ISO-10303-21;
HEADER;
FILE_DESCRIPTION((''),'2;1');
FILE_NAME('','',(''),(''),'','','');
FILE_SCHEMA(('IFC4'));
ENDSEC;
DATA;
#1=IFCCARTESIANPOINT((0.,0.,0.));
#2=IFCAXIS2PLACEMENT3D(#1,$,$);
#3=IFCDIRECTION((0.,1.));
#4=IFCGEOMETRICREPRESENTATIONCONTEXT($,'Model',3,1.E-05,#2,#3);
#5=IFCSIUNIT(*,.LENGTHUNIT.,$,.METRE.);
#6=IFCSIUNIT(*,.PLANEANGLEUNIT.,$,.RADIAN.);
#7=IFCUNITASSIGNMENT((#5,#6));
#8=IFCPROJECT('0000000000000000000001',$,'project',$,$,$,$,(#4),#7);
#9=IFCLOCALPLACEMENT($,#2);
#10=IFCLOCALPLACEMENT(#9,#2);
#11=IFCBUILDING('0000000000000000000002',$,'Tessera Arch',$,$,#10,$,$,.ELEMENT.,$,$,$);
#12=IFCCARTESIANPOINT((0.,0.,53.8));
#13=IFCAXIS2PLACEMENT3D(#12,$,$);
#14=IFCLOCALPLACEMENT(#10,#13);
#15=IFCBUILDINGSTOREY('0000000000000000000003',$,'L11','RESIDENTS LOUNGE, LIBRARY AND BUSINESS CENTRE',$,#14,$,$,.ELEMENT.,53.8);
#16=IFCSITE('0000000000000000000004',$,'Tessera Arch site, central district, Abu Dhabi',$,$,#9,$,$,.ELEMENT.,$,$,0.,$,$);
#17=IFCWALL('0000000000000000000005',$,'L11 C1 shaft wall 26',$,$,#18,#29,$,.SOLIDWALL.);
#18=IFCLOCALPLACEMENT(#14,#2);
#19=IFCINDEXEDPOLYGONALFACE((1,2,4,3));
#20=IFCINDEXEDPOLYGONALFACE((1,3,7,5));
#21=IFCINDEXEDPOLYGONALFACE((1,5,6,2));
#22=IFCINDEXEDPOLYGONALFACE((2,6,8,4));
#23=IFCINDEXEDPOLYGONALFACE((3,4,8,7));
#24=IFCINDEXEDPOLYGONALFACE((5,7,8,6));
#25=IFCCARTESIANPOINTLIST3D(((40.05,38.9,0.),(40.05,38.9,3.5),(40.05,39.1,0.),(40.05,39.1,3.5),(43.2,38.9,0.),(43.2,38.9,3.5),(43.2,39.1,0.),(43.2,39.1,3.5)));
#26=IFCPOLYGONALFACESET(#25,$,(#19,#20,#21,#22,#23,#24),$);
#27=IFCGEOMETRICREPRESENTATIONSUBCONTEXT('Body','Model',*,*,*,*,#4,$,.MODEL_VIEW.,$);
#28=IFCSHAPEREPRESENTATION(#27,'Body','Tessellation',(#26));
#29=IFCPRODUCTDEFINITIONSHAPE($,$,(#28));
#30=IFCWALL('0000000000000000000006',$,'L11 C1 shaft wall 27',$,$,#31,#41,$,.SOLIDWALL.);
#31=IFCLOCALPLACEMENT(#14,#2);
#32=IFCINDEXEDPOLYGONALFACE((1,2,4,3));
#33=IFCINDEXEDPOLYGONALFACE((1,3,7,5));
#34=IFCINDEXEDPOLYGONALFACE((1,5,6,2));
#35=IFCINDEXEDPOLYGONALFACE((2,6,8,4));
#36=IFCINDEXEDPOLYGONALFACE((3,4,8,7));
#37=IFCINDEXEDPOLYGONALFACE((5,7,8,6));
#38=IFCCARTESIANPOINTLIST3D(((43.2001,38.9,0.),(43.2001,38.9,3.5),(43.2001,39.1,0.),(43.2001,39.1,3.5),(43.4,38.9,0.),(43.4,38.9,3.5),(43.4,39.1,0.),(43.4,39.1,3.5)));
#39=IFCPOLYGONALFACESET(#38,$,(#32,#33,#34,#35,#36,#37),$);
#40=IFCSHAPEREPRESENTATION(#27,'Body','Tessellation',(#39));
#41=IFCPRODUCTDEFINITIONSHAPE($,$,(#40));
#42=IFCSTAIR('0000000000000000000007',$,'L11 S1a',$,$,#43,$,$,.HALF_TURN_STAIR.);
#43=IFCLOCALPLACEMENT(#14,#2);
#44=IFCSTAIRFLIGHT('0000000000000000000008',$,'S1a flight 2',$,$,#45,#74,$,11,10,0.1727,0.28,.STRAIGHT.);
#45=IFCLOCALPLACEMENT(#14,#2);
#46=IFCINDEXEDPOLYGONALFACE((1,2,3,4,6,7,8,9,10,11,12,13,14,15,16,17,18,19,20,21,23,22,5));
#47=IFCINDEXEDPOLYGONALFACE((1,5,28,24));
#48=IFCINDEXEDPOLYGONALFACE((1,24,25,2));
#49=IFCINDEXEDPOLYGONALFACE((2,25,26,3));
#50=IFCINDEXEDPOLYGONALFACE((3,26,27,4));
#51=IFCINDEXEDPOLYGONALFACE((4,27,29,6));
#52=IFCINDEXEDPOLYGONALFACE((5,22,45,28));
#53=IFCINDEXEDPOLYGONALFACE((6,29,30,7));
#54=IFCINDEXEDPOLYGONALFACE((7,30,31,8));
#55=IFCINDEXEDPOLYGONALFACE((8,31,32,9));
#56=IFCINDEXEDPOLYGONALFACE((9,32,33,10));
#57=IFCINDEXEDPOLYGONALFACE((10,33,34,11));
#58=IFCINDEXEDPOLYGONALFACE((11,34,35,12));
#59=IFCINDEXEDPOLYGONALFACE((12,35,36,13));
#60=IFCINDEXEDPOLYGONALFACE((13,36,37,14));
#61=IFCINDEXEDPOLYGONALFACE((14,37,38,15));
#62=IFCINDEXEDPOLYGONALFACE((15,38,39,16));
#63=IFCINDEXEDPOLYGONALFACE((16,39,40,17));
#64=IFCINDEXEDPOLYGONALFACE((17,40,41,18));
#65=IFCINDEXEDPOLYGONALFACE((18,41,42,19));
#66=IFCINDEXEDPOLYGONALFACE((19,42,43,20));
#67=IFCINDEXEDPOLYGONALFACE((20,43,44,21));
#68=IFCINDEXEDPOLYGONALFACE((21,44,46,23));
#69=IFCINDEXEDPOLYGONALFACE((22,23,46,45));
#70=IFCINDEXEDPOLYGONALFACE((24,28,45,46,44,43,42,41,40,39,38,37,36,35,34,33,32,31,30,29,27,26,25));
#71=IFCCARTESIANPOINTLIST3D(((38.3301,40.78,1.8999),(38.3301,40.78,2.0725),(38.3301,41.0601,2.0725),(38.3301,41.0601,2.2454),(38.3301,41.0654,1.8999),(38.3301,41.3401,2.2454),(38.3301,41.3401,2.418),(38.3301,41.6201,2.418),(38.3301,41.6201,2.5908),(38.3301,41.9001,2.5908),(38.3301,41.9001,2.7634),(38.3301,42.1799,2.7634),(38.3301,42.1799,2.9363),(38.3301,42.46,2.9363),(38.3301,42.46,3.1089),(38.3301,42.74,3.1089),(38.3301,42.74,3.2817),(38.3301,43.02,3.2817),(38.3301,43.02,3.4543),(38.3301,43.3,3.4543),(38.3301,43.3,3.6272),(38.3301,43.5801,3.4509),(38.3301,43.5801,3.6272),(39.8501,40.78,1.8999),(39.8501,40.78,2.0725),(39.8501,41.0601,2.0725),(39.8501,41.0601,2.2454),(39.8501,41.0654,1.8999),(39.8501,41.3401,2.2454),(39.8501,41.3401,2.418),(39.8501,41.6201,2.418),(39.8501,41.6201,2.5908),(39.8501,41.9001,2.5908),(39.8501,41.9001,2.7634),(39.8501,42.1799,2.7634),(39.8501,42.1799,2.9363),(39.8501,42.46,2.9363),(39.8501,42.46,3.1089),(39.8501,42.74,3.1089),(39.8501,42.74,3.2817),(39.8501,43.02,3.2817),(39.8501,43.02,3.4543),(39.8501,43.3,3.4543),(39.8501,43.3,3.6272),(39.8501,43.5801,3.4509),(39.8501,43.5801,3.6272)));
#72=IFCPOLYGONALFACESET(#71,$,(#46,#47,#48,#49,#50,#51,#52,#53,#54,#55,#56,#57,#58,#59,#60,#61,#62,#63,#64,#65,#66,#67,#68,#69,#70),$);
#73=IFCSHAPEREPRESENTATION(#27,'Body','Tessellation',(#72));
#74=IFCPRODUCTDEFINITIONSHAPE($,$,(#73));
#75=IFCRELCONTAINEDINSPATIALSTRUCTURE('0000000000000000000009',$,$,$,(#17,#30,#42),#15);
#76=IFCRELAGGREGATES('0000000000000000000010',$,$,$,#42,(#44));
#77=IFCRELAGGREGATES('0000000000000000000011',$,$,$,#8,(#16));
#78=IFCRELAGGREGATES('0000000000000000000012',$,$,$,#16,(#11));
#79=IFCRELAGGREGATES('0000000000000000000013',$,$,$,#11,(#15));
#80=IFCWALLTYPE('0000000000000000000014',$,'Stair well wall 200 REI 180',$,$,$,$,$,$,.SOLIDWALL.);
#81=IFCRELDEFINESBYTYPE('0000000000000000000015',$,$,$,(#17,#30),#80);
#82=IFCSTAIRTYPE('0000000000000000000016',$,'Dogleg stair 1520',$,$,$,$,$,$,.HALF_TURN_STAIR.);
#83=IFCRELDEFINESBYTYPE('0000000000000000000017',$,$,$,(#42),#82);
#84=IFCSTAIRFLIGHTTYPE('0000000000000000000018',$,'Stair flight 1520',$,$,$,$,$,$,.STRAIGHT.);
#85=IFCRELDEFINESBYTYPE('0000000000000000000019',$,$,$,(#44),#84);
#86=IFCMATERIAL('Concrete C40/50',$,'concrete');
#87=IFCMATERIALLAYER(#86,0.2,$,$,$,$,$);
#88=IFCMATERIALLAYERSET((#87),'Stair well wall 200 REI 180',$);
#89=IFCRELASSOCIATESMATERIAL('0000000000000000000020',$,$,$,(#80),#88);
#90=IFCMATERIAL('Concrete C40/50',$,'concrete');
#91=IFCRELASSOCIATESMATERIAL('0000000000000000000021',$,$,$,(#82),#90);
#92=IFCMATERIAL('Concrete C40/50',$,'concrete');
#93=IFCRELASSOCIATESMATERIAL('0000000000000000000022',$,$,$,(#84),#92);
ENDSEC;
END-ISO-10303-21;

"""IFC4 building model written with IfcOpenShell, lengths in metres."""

from ifc_helpers import new_model, si_unit, direction, frame, frame_2d, origin, place, context, subcontext, project, spatial, polyline, rectangle, outline, extrude, material, layer, layer_set, type_object, element, aggregate, save


model = new_model("IFC4")

# Units and contexts
model_context = context("Model", 3, precision=1e-05, world=origin(), true_north=direction((0.0, 1.0)))
body_context = subcontext(model_context, "Body", "Model", "MODEL_VIEW")
ifc_project = project(units=[si_unit("LENGTHUNIT", "METRE"), si_unit("PLANEANGLEUNIT", "RADIAN")], contexts=[model_context])

# Site, building, storey
site_placement = place(None, origin())
site = spatial("IfcSite", under=ifc_project, at=site_placement, Name="Tessera Arch site, central district, Abu Dhabi", CompositionType="ELEMENT", RefElevation=0.0)
building_placement = place(site_placement, origin())
building = spatial("IfcBuilding", under=site, at=building_placement, Name="Tessera Arch", CompositionType="ELEMENT")
storey_placement = place(building_placement, frame((0.0, 0.0, 53.8)))
storey = spatial("IfcBuildingStorey", under=building, at=storey_placement, Name="L11", Description="RESIDENTS LOUNGE, LIBRARY AND BUSINESS CENTRE", CompositionType="ELEMENT", Elevation=53.8)

# Walls
ifc_material_1 = material(Name="Concrete C40/50", Category="concrete")
ifc_layer_1 = layer(ifc_material_1, 0.2)
ifc_layer_set_1 = layer_set([ifc_layer_1], Name="Stair well wall 200 REI 180")
wall_type_1 = type_object("IfcWallType", Name="Stair well wall 200 REI 180", PredefinedType="SOLIDWALL", material=ifc_layer_set_1)
wall_1_placement = place(storey_placement, frame((40.05, 39.0, 0.0), z_axis=(0.0, 0.0, 1.0), x_axis=(1.0, 0.0, 0.0)))
element("IfcWall", 1, at=wall_1_placement, inside=storey, type_object=wall_type_1, Name="L11 C1 shaft wall 26", PredefinedType="SOLIDWALL", context=body_context, shape_type="SweptSolid", body=[
    extrude(rectangle(XDim=3.1499, YDim=0.2, at=frame_2d((1.575, 0.0))), origin(), (0.0, 0.0, 1.0), 3.5),
])
wall_2_placement = place(storey_placement, frame((43.2, 39.0, 0.0), z_axis=(0.0, 0.0, 1.0), x_axis=(1.0, 0.0, 0.0)))
element("IfcWall", 2, at=wall_2_placement, inside=storey, type_object=wall_type_1, Name="L11 C1 shaft wall 27", PredefinedType="SOLIDWALL", context=body_context, shape_type="SweptSolid", body=[
    extrude(rectangle(XDim=0.2, YDim=0.2, at=frame_2d((0.1001, 0.0))), origin(), (0.0, 0.0, 1.0), 3.5),
])

# Stair, stair flight
ifc_material_2 = material(Name="Concrete C40/50", Category="concrete")
stair_type = type_object("IfcStairType", Name="Dogleg stair 1520", PredefinedType="HALF_TURN_STAIR", material=ifc_material_2)
stair_placement = place(storey_placement, origin())
stair = element("IfcStair", 3, at=stair_placement, inside=storey, type_object=stair_type, Name="L11 S1a", PredefinedType="HALF_TURN_STAIR")
ifc_material_3 = material(Name="Concrete C40/50", Category="concrete")
stair_flight_type = type_object("IfcStairFlightType", Name="Stair flight 1520", PredefinedType="STRAIGHT", material=ifc_material_3)
stair_flight_placement = place(storey_placement, frame((39.0901, 40.78, 1.8999), z_axis=(0.0, 0.0, 1.0), x_axis=(0.0, 1.0, 0.0)))
stair_flight = element("IfcStairFlight", 4, at=stair_flight_placement, type_object=stair_flight_type, Name="S1a flight 2", NumberOfRisers=11, NumberOfTreads=10, PredefinedType="STRAIGHT", RiserHeight=0.1727, TreadLength=0.28, context=body_context, shape_type="SweptSolid", body=[
    extrude(outline(polyline([(0.0, 0.0), (0.0, 0.1726), (0.28, 0.1726), (0.28, 0.3455), (0.5601, 0.3455), (0.5601, 0.5181), (0.8401, 0.5181), (0.8401, 0.6909), (1.1201, 0.6909), (1.1201, 0.8635), (1.3999, 0.8635), (1.3999, 1.0364), (1.6799, 1.0364), (1.6799, 1.209), (1.96, 1.209), (1.96, 1.3818), (2.24, 1.3818), (2.24, 1.5544), (2.52, 1.5544), (2.52, 1.7273), (2.8, 1.7273), (2.8, 1.8999), (2.8, 1.551), (0.2854, 0.0), (0.0, 0.0)])), frame((0.0, 0.76, 0.0), z_axis=(0.0, -1.0, 0.0), x_axis=(1.0, 0.0, 0.0)), (0.0, 0.0, 1.0), 1.52),
])
aggregate(stair, [stair_flight])

save(model, "model.ifc")
